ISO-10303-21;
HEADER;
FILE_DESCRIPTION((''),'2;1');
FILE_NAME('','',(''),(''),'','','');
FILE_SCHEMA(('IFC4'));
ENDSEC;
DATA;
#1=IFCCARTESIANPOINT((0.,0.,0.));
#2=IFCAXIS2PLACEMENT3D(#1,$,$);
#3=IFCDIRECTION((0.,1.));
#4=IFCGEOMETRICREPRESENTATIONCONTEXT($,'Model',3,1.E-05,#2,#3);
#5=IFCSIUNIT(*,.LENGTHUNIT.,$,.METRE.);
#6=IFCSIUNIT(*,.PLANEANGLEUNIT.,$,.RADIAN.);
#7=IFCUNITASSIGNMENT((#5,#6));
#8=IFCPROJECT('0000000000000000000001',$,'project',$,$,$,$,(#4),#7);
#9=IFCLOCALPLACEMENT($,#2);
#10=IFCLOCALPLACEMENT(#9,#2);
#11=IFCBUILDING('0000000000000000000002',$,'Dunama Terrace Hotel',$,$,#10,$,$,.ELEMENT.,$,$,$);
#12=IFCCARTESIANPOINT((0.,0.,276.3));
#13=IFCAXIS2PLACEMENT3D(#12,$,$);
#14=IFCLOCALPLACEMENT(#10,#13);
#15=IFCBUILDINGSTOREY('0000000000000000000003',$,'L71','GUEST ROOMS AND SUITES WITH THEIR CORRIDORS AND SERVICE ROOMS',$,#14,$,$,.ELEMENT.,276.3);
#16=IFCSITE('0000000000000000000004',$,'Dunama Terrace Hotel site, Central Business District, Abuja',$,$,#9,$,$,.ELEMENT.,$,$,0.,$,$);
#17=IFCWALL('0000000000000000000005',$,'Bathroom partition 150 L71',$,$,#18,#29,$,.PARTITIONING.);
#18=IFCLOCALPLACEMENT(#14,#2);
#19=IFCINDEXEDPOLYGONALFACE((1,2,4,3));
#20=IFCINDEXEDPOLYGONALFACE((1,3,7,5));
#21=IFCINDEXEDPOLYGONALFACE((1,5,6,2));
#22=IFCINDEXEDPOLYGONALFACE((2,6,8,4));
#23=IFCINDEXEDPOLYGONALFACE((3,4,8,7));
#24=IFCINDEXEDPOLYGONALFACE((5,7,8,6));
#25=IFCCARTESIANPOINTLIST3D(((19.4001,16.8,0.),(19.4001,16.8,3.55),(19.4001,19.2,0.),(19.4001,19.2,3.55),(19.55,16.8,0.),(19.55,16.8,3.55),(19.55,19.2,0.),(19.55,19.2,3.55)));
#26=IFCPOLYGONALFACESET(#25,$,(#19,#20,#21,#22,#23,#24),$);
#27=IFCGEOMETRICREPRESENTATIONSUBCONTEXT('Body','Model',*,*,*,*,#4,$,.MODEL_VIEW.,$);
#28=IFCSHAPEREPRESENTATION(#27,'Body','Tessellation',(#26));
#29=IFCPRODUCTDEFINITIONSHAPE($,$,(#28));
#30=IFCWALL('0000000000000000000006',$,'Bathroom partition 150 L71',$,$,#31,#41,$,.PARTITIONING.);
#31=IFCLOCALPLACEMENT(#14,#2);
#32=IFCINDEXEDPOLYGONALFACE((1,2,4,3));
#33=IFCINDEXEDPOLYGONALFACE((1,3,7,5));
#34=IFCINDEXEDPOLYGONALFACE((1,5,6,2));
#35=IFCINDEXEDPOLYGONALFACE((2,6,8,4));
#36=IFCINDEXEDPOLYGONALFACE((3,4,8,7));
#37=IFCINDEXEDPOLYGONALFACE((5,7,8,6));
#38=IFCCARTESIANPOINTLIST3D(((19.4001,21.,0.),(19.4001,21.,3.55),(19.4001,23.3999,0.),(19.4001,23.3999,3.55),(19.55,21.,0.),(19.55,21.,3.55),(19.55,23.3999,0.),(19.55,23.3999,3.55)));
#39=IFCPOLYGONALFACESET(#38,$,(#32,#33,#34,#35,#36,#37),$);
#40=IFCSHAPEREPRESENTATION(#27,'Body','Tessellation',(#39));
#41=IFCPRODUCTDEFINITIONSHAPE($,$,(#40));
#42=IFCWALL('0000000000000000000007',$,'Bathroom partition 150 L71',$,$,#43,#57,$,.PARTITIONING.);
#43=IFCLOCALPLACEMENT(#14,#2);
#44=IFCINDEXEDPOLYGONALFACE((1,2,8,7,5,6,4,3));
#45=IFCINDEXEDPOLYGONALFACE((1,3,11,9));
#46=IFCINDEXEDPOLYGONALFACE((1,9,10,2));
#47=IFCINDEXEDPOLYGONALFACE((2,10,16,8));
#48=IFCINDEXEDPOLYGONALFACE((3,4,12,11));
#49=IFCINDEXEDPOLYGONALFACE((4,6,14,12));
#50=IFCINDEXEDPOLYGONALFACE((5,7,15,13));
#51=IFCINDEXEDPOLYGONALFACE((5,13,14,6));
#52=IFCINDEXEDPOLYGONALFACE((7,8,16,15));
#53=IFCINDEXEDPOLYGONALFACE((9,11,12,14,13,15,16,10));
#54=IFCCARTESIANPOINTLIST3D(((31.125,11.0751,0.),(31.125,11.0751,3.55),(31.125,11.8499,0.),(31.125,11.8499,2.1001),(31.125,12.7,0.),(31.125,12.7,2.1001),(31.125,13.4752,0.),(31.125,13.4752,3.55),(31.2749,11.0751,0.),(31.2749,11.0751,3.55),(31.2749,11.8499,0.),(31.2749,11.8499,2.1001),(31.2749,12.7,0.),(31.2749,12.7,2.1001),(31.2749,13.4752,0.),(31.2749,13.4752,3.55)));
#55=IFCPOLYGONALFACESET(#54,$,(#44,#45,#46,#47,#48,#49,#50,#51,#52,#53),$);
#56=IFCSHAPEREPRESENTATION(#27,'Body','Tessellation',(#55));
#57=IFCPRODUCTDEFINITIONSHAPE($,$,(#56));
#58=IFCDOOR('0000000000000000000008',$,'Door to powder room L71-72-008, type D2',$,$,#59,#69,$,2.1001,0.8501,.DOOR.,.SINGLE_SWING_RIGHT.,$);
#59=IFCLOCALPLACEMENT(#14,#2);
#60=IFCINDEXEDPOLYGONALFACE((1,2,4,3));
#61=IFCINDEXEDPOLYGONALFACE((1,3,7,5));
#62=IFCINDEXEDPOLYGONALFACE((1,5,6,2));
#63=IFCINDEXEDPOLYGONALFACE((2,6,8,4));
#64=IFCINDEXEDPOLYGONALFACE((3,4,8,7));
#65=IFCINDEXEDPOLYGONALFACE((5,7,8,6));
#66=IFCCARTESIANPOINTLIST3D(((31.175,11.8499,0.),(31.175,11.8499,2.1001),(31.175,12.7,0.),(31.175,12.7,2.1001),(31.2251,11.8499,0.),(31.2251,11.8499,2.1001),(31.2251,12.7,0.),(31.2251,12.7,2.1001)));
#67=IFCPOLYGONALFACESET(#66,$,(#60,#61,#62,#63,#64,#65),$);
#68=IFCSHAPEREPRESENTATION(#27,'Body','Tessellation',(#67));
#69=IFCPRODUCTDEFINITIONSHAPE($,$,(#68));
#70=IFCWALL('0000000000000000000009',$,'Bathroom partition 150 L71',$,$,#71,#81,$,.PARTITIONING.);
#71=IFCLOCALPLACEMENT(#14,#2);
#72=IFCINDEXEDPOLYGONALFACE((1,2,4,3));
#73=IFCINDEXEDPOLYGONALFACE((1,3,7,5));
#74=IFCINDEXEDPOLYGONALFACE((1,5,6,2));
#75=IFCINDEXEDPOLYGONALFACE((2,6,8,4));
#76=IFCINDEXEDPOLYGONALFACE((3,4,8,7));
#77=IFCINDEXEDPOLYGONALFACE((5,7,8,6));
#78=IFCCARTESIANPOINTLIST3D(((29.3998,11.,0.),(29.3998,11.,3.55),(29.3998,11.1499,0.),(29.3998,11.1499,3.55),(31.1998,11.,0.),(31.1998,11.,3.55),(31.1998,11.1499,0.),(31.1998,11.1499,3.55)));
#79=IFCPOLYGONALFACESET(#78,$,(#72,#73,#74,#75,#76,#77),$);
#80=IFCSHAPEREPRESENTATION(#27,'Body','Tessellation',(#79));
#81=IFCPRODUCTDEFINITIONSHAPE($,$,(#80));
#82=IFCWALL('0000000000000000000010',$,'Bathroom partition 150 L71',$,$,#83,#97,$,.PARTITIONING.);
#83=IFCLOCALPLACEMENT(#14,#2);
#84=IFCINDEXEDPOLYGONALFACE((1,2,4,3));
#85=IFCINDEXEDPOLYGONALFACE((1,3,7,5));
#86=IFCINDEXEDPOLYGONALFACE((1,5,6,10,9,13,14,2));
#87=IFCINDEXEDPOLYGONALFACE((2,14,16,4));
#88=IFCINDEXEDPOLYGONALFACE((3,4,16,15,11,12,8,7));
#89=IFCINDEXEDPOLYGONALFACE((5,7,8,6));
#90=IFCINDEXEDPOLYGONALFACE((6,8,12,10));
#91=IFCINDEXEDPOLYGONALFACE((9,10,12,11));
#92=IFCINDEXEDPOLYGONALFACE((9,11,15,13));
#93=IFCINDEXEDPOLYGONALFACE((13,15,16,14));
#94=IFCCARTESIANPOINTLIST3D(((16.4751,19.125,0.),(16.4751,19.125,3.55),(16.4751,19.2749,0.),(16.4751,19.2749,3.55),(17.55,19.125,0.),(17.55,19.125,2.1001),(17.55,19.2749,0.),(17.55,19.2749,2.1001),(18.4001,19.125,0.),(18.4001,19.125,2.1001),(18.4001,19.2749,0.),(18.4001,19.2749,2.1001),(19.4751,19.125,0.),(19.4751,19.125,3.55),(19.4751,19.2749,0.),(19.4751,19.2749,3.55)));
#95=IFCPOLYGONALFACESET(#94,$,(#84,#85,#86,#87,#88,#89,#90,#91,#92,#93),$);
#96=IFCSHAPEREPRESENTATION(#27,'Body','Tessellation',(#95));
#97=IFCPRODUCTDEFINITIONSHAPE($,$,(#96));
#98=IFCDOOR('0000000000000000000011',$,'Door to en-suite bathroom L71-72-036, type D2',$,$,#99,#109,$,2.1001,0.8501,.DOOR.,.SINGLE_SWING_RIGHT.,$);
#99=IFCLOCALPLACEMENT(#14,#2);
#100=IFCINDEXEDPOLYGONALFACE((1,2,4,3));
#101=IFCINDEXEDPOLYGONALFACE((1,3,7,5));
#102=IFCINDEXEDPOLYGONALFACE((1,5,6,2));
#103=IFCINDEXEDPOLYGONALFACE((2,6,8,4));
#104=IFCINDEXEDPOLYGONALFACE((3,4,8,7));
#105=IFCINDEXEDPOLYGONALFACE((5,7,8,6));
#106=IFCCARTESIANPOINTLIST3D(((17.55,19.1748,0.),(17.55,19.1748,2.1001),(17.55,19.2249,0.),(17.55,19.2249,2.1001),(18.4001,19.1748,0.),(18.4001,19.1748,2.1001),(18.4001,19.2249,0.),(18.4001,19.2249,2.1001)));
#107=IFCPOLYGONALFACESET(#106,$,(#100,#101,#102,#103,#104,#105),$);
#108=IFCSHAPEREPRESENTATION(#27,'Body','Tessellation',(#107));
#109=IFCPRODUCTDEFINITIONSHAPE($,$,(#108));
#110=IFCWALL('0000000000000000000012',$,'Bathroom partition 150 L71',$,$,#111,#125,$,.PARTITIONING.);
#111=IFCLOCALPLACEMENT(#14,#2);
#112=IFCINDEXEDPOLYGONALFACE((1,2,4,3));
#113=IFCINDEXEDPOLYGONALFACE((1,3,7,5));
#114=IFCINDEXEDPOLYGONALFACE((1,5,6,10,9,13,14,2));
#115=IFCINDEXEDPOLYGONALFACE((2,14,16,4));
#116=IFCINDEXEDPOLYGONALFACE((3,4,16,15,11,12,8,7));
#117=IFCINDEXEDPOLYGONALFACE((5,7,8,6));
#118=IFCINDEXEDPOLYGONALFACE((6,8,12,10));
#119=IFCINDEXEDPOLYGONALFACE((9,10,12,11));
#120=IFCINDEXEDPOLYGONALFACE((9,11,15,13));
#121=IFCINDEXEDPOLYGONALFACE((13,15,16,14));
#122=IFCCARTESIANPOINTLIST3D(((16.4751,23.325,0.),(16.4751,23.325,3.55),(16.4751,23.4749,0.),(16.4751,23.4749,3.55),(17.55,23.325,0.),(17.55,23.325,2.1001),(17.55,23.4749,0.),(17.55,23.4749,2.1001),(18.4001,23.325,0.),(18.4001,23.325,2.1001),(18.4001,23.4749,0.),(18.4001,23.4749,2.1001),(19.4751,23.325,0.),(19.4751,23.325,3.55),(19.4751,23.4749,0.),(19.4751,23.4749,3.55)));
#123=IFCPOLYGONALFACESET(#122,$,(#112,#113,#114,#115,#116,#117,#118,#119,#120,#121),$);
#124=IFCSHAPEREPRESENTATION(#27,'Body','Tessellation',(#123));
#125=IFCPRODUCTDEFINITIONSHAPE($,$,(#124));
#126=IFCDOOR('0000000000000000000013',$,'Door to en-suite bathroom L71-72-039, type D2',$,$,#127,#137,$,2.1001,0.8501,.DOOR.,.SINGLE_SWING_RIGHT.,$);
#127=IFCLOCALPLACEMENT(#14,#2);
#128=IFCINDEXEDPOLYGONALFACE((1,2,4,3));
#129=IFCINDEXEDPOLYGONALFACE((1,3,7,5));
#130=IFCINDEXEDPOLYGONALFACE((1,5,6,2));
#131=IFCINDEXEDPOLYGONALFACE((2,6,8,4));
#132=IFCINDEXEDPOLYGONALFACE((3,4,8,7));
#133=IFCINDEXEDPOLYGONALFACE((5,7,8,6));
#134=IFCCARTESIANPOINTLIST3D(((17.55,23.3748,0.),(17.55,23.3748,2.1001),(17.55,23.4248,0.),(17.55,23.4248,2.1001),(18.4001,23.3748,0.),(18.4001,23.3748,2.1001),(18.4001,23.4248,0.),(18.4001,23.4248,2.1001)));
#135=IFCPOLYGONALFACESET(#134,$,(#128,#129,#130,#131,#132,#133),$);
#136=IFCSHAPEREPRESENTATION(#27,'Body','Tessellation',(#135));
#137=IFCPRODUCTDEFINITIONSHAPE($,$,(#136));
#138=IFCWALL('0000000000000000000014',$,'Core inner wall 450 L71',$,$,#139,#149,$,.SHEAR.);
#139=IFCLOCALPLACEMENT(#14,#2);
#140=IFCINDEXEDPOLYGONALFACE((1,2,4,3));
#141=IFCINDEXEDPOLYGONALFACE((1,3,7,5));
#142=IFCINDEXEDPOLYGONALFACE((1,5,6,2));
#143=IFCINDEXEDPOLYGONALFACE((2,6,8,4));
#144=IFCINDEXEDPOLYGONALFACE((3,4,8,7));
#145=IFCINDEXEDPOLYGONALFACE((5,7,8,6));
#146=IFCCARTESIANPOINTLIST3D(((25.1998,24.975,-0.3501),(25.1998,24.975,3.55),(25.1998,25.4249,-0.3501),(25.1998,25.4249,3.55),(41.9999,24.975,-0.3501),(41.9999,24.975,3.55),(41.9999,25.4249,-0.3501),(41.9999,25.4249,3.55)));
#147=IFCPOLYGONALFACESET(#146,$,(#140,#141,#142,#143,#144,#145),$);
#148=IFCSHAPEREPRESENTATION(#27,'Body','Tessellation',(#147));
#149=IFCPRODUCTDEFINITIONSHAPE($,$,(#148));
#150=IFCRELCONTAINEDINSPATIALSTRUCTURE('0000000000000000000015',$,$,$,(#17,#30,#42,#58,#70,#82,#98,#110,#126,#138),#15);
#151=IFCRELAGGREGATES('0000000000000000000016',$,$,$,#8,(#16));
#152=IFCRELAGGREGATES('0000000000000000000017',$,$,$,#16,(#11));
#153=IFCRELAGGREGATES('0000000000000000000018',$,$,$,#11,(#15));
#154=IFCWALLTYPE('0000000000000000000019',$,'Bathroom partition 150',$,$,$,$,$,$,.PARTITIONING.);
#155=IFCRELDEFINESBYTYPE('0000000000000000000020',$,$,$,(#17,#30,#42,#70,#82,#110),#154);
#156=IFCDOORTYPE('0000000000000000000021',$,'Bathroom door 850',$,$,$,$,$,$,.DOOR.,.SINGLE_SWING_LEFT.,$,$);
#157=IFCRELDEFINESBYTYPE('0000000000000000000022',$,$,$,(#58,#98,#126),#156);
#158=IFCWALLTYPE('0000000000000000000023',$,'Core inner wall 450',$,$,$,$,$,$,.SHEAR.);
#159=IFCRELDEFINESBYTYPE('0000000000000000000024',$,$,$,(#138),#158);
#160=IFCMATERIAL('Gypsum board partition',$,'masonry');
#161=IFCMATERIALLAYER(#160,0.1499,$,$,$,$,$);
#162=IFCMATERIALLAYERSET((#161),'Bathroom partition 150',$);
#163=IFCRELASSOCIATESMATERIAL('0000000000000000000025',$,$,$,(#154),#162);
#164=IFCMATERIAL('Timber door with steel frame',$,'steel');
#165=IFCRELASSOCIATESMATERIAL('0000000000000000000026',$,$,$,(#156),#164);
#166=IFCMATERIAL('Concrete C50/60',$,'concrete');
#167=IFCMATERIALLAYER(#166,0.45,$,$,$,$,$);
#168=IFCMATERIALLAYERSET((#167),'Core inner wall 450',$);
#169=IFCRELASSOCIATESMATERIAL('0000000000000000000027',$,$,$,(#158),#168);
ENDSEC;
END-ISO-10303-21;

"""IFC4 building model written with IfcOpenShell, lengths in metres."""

from ifc_helpers import new_model, si_unit, direction, frame, frame_2d, origin, place, context, subcontext, project, spatial, rectangle, extrude, material, layer, layer_set, type_object, element, fill, save


model = new_model("IFC4")

# Units and contexts
model_context = context("Model", 3, precision=1e-05, world=origin(), true_north=direction((0.0, 1.0)))
body_context = subcontext(model_context, "Body", "Model", "MODEL_VIEW")
ifc_project = project(units=[si_unit("LENGTHUNIT", "METRE"), si_unit("PLANEANGLEUNIT", "RADIAN")], contexts=[model_context])

# Site, building, storey
site_placement = place(None, origin())
site = spatial("IfcSite", under=ifc_project, at=site_placement, Name="Dunama Terrace Hotel site, Central Business District, Abuja", CompositionType="ELEMENT", RefElevation=0.0)
building_placement = place(site_placement, origin())
building = spatial("IfcBuilding", under=site, at=building_placement, Name="Dunama Terrace Hotel", CompositionType="ELEMENT")
storey_placement = place(building_placement, frame((0.0, 0.0, 276.3)))
storey = spatial("IfcBuildingStorey", under=building, at=storey_placement, Name="L71", Description="GUEST ROOMS AND SUITES WITH THEIR CORRIDORS AND SERVICE ROOMS", CompositionType="ELEMENT", Elevation=276.3)

# Walls
ifc_material_1 = material(Name="Gypsum board partition", Category="masonry")
ifc_layer_1 = layer(ifc_material_1, 0.1499)
ifc_layer_set_1 = layer_set([ifc_layer_1], Name="Bathroom partition 150")
wall_type_1 = type_object("IfcWallType", Name="Bathroom partition 150", PredefinedType="PARTITIONING", material=ifc_layer_set_1)
for number, where, z_axis, x_axis, name in (
    (1, (19.4751, 16.8, 0.0), (0.0, 0.0, 1.0), (0.0, 1.0, 0.0), "Bathroom partition 150 L71"),
    (2, (19.4751, 21.0, 0.0), (0.0, 0.0, 1.0), (0.0, 1.0, 0.0), "Bathroom partition 150 L71"),
):
    element("IfcWall", number, at=place(storey_placement, frame(where, z_axis=z_axis, x_axis=x_axis)), inside=storey, type_object=wall_type_1, Name=name, PredefinedType="PARTITIONING", context=body_context, shape_type="SweptSolid", body=[
        extrude(rectangle(XDim=2.3999, YDim=0.1499, at=frame_2d((1.2, 0.0))), origin(), (0.0, 0.0, 1.0), 3.55),
    ])

# Wall, opening, door
wall_1_placement = place(storey_placement, frame((31.2, 11.075, 0.0), z_axis=(0.0, 0.0, 1.0), x_axis=(0.0, 1.0, 0.0)))
wall_1 = element("IfcWall", 3, at=wall_1_placement, inside=storey, type_object=wall_type_1, Name="Bathroom partition 150 L71", PredefinedType="PARTITIONING", context=body_context, shape_type="SweptSolid", body=[
    extrude(rectangle(XDim=2.4001, YDim=0.1499, at=frame_2d((1.2002, 0.0))), origin(), (0.0, 0.0, 1.0), 3.55),
])
opening_1_placement = place(wall_1_placement, frame((0.7749, 0.0, 0.0)))
opening_1 = element("IfcOpeningElement", 4, at=opening_1_placement, cuts=wall_1, PredefinedType="OPENING", context=body_context, shape_type="SweptSolid", body=[
    extrude(rectangle(XDim=0.8501, YDim=2.1001, at=frame_2d((0.425, 1.05))), frame((0.0, 0.085, 0.0), z_axis=(0.0, -1.0, 0.0), x_axis=(1.0, 0.0, 0.0)), (0.0, 0.0, 1.0), 0.1699),
])
ifc_material_2 = material(Name="Timber door with steel frame", Category="steel")
door_type_1 = type_object("IfcDoorType", Name="Bathroom door 850", OperationType="SINGLE_SWING_LEFT", PredefinedType="DOOR", material=ifc_material_2)
door_1_placement = place(opening_1_placement, origin())
door_1 = element("IfcDoor", 5, at=door_1_placement, inside=storey, type_object=door_type_1, Name="Door to powder room L71-72-008, type D2", OperationType="SINGLE_SWING_RIGHT", OverallHeight=2.1001, OverallWidth=0.8501, PredefinedType="DOOR", context=body_context, shape_type="SweptSolid", body=[
    extrude(rectangle(XDim=0.8501, YDim=2.1001, at=frame_2d((0.425, 1.05))), frame((0.0, 0.0249, 0.0), z_axis=(0.0, -1.0, 0.0), x_axis=(1.0, 0.0, 0.0)), (0.0, 0.0, 1.0), 0.05),
])
fill(opening_1, door_1)

# Wall
wall_2_placement = place(storey_placement, frame((29.3999, 11.075, 0.0), z_axis=(0.0, 0.0, 1.0), x_axis=(1.0, 0.0, 0.0)))
element("IfcWall", 6, at=wall_2_placement, inside=storey, type_object=wall_type_1, Name="Bathroom partition 150 L71", PredefinedType="PARTITIONING", context=body_context, shape_type="SweptSolid", body=[
    extrude(rectangle(XDim=1.8, YDim=0.1499, at=frame_2d((0.8999, 0.0))), origin(), (0.0, 0.0, 1.0), 3.55),
])

# Walls, openings, doors
wall_3_placement = place(storey_placement, frame((16.4751, 19.2, 0.0), z_axis=(0.0, 0.0, 1.0), x_axis=(1.0, 0.0, 0.0)))
wall_3 = element("IfcWall", 7, at=wall_3_placement, inside=storey, type_object=wall_type_1, Name="Bathroom partition 150 L71", PredefinedType="PARTITIONING", context=body_context, shape_type="SweptSolid", body=[
    extrude(rectangle(XDim=3.0, YDim=0.1499, at=frame_2d((1.5, 0.0))), origin(), (0.0, 0.0, 1.0), 3.55),
])
opening_2_placement = place(wall_3_placement, frame((1.075, 0.0, 0.0)))
opening_2 = element("IfcOpeningElement", 8, at=opening_2_placement, cuts=wall_3, PredefinedType="OPENING", context=body_context, shape_type="SweptSolid", body=[
    extrude(rectangle(XDim=0.8501, YDim=2.1001, at=frame_2d((0.425, 1.05))), frame((0.0, 0.085, 0.0), z_axis=(0.0, -1.0, 0.0), x_axis=(1.0, 0.0, 0.0)), (0.0, 0.0, 1.0), 0.1699),
])
door_2_placement = place(opening_2_placement, frame((0.8501, 0.0, 0.0), z_axis=(0.0, 0.0, 1.0), x_axis=(-1.0, 0.0, 0.0)))
door_2 = element("IfcDoor", 9, at=door_2_placement, inside=storey, type_object=door_type_1, Name="Door to en-suite bathroom L71-72-036, type D2", OperationType="SINGLE_SWING_RIGHT", OverallHeight=2.1001, OverallWidth=0.8501, PredefinedType="DOOR", context=body_context, shape_type="SweptSolid", body=[
    extrude(rectangle(XDim=0.8501, YDim=2.1001, at=frame_2d((0.425, 1.05))), frame((0.0, 0.0251, 0.0), z_axis=(0.0, -1.0, 0.0), x_axis=(1.0, 0.0, 0.0)), (0.0, 0.0, 1.0), 0.05),
])
fill(opening_2, door_2)
wall_4_placement = place(storey_placement, frame((16.4751, 23.3999, 0.0), z_axis=(0.0, 0.0, 1.0), x_axis=(1.0, 0.0, 0.0)))
wall_4 = element("IfcWall", 10, at=wall_4_placement, inside=storey, type_object=wall_type_1, Name="Bathroom partition 150 L71", PredefinedType="PARTITIONING", context=body_context, shape_type="SweptSolid", body=[
    extrude(rectangle(XDim=3.0, YDim=0.1499, at=frame_2d((1.5, 0.0))), origin(), (0.0, 0.0, 1.0), 3.55),
])
opening_3_placement = place(wall_4_placement, frame((1.075, 0.0, 0.0)))
opening_3 = element("IfcOpeningElement", 11, at=opening_3_placement, cuts=wall_4, PredefinedType="OPENING", context=body_context, shape_type="SweptSolid", body=[
    extrude(rectangle(XDim=0.8501, YDim=2.1001, at=frame_2d((0.425, 1.05))), frame((0.0, 0.085, 0.0), z_axis=(0.0, -1.0, 0.0), x_axis=(1.0, 0.0, 0.0)), (0.0, 0.0, 1.0), 0.1699),
])
door_3_placement = place(opening_3_placement, frame((0.8501, 0.0, 0.0), z_axis=(0.0, 0.0, 1.0), x_axis=(-1.0, 0.0, 0.0)))
door_3 = element("IfcDoor", 12, at=door_3_placement, inside=storey, type_object=door_type_1, Name="Door to en-suite bathroom L71-72-039, type D2", OperationType="SINGLE_SWING_RIGHT", OverallHeight=2.1001, OverallWidth=0.8501, PredefinedType="DOOR", context=body_context, shape_type="SweptSolid", body=[
    extrude(rectangle(XDim=0.8501, YDim=2.1001, at=frame_2d((0.425, 1.05))), frame((0.0, 0.0251, 0.0), z_axis=(0.0, -1.0, 0.0), x_axis=(1.0, 0.0, 0.0)), (0.0, 0.0, 1.0), 0.05),
])
fill(opening_3, door_3)

# Wall
ifc_material_3 = material(Name="Concrete C50/60", Category="concrete")
ifc_layer_2 = layer(ifc_material_3, 0.45)
ifc_layer_set_2 = layer_set([ifc_layer_2], Name="Core inner wall 450")
wall_type_2 = type_object("IfcWallType", Name="Core inner wall 450", PredefinedType="SHEAR", material=ifc_layer_set_2)
wall_5_placement = place(storey_placement, frame((25.2, 25.2, -0.3501), z_axis=(0.0, 0.0, 1.0), x_axis=(1.0, 0.0, 0.0)))
element("IfcWall", 13, at=wall_5_placement, inside=storey, type_object=wall_type_2, Name="Core inner wall 450 L71", PredefinedType="SHEAR", context=body_context, shape_type="SweptSolid", body=[
    extrude(rectangle(XDim=16.8, YDim=0.45, at=frame_2d((8.3999, 0.0))), origin(), (0.0, 0.0, 1.0), 3.9001),
])

save(model, "model.ifc")
